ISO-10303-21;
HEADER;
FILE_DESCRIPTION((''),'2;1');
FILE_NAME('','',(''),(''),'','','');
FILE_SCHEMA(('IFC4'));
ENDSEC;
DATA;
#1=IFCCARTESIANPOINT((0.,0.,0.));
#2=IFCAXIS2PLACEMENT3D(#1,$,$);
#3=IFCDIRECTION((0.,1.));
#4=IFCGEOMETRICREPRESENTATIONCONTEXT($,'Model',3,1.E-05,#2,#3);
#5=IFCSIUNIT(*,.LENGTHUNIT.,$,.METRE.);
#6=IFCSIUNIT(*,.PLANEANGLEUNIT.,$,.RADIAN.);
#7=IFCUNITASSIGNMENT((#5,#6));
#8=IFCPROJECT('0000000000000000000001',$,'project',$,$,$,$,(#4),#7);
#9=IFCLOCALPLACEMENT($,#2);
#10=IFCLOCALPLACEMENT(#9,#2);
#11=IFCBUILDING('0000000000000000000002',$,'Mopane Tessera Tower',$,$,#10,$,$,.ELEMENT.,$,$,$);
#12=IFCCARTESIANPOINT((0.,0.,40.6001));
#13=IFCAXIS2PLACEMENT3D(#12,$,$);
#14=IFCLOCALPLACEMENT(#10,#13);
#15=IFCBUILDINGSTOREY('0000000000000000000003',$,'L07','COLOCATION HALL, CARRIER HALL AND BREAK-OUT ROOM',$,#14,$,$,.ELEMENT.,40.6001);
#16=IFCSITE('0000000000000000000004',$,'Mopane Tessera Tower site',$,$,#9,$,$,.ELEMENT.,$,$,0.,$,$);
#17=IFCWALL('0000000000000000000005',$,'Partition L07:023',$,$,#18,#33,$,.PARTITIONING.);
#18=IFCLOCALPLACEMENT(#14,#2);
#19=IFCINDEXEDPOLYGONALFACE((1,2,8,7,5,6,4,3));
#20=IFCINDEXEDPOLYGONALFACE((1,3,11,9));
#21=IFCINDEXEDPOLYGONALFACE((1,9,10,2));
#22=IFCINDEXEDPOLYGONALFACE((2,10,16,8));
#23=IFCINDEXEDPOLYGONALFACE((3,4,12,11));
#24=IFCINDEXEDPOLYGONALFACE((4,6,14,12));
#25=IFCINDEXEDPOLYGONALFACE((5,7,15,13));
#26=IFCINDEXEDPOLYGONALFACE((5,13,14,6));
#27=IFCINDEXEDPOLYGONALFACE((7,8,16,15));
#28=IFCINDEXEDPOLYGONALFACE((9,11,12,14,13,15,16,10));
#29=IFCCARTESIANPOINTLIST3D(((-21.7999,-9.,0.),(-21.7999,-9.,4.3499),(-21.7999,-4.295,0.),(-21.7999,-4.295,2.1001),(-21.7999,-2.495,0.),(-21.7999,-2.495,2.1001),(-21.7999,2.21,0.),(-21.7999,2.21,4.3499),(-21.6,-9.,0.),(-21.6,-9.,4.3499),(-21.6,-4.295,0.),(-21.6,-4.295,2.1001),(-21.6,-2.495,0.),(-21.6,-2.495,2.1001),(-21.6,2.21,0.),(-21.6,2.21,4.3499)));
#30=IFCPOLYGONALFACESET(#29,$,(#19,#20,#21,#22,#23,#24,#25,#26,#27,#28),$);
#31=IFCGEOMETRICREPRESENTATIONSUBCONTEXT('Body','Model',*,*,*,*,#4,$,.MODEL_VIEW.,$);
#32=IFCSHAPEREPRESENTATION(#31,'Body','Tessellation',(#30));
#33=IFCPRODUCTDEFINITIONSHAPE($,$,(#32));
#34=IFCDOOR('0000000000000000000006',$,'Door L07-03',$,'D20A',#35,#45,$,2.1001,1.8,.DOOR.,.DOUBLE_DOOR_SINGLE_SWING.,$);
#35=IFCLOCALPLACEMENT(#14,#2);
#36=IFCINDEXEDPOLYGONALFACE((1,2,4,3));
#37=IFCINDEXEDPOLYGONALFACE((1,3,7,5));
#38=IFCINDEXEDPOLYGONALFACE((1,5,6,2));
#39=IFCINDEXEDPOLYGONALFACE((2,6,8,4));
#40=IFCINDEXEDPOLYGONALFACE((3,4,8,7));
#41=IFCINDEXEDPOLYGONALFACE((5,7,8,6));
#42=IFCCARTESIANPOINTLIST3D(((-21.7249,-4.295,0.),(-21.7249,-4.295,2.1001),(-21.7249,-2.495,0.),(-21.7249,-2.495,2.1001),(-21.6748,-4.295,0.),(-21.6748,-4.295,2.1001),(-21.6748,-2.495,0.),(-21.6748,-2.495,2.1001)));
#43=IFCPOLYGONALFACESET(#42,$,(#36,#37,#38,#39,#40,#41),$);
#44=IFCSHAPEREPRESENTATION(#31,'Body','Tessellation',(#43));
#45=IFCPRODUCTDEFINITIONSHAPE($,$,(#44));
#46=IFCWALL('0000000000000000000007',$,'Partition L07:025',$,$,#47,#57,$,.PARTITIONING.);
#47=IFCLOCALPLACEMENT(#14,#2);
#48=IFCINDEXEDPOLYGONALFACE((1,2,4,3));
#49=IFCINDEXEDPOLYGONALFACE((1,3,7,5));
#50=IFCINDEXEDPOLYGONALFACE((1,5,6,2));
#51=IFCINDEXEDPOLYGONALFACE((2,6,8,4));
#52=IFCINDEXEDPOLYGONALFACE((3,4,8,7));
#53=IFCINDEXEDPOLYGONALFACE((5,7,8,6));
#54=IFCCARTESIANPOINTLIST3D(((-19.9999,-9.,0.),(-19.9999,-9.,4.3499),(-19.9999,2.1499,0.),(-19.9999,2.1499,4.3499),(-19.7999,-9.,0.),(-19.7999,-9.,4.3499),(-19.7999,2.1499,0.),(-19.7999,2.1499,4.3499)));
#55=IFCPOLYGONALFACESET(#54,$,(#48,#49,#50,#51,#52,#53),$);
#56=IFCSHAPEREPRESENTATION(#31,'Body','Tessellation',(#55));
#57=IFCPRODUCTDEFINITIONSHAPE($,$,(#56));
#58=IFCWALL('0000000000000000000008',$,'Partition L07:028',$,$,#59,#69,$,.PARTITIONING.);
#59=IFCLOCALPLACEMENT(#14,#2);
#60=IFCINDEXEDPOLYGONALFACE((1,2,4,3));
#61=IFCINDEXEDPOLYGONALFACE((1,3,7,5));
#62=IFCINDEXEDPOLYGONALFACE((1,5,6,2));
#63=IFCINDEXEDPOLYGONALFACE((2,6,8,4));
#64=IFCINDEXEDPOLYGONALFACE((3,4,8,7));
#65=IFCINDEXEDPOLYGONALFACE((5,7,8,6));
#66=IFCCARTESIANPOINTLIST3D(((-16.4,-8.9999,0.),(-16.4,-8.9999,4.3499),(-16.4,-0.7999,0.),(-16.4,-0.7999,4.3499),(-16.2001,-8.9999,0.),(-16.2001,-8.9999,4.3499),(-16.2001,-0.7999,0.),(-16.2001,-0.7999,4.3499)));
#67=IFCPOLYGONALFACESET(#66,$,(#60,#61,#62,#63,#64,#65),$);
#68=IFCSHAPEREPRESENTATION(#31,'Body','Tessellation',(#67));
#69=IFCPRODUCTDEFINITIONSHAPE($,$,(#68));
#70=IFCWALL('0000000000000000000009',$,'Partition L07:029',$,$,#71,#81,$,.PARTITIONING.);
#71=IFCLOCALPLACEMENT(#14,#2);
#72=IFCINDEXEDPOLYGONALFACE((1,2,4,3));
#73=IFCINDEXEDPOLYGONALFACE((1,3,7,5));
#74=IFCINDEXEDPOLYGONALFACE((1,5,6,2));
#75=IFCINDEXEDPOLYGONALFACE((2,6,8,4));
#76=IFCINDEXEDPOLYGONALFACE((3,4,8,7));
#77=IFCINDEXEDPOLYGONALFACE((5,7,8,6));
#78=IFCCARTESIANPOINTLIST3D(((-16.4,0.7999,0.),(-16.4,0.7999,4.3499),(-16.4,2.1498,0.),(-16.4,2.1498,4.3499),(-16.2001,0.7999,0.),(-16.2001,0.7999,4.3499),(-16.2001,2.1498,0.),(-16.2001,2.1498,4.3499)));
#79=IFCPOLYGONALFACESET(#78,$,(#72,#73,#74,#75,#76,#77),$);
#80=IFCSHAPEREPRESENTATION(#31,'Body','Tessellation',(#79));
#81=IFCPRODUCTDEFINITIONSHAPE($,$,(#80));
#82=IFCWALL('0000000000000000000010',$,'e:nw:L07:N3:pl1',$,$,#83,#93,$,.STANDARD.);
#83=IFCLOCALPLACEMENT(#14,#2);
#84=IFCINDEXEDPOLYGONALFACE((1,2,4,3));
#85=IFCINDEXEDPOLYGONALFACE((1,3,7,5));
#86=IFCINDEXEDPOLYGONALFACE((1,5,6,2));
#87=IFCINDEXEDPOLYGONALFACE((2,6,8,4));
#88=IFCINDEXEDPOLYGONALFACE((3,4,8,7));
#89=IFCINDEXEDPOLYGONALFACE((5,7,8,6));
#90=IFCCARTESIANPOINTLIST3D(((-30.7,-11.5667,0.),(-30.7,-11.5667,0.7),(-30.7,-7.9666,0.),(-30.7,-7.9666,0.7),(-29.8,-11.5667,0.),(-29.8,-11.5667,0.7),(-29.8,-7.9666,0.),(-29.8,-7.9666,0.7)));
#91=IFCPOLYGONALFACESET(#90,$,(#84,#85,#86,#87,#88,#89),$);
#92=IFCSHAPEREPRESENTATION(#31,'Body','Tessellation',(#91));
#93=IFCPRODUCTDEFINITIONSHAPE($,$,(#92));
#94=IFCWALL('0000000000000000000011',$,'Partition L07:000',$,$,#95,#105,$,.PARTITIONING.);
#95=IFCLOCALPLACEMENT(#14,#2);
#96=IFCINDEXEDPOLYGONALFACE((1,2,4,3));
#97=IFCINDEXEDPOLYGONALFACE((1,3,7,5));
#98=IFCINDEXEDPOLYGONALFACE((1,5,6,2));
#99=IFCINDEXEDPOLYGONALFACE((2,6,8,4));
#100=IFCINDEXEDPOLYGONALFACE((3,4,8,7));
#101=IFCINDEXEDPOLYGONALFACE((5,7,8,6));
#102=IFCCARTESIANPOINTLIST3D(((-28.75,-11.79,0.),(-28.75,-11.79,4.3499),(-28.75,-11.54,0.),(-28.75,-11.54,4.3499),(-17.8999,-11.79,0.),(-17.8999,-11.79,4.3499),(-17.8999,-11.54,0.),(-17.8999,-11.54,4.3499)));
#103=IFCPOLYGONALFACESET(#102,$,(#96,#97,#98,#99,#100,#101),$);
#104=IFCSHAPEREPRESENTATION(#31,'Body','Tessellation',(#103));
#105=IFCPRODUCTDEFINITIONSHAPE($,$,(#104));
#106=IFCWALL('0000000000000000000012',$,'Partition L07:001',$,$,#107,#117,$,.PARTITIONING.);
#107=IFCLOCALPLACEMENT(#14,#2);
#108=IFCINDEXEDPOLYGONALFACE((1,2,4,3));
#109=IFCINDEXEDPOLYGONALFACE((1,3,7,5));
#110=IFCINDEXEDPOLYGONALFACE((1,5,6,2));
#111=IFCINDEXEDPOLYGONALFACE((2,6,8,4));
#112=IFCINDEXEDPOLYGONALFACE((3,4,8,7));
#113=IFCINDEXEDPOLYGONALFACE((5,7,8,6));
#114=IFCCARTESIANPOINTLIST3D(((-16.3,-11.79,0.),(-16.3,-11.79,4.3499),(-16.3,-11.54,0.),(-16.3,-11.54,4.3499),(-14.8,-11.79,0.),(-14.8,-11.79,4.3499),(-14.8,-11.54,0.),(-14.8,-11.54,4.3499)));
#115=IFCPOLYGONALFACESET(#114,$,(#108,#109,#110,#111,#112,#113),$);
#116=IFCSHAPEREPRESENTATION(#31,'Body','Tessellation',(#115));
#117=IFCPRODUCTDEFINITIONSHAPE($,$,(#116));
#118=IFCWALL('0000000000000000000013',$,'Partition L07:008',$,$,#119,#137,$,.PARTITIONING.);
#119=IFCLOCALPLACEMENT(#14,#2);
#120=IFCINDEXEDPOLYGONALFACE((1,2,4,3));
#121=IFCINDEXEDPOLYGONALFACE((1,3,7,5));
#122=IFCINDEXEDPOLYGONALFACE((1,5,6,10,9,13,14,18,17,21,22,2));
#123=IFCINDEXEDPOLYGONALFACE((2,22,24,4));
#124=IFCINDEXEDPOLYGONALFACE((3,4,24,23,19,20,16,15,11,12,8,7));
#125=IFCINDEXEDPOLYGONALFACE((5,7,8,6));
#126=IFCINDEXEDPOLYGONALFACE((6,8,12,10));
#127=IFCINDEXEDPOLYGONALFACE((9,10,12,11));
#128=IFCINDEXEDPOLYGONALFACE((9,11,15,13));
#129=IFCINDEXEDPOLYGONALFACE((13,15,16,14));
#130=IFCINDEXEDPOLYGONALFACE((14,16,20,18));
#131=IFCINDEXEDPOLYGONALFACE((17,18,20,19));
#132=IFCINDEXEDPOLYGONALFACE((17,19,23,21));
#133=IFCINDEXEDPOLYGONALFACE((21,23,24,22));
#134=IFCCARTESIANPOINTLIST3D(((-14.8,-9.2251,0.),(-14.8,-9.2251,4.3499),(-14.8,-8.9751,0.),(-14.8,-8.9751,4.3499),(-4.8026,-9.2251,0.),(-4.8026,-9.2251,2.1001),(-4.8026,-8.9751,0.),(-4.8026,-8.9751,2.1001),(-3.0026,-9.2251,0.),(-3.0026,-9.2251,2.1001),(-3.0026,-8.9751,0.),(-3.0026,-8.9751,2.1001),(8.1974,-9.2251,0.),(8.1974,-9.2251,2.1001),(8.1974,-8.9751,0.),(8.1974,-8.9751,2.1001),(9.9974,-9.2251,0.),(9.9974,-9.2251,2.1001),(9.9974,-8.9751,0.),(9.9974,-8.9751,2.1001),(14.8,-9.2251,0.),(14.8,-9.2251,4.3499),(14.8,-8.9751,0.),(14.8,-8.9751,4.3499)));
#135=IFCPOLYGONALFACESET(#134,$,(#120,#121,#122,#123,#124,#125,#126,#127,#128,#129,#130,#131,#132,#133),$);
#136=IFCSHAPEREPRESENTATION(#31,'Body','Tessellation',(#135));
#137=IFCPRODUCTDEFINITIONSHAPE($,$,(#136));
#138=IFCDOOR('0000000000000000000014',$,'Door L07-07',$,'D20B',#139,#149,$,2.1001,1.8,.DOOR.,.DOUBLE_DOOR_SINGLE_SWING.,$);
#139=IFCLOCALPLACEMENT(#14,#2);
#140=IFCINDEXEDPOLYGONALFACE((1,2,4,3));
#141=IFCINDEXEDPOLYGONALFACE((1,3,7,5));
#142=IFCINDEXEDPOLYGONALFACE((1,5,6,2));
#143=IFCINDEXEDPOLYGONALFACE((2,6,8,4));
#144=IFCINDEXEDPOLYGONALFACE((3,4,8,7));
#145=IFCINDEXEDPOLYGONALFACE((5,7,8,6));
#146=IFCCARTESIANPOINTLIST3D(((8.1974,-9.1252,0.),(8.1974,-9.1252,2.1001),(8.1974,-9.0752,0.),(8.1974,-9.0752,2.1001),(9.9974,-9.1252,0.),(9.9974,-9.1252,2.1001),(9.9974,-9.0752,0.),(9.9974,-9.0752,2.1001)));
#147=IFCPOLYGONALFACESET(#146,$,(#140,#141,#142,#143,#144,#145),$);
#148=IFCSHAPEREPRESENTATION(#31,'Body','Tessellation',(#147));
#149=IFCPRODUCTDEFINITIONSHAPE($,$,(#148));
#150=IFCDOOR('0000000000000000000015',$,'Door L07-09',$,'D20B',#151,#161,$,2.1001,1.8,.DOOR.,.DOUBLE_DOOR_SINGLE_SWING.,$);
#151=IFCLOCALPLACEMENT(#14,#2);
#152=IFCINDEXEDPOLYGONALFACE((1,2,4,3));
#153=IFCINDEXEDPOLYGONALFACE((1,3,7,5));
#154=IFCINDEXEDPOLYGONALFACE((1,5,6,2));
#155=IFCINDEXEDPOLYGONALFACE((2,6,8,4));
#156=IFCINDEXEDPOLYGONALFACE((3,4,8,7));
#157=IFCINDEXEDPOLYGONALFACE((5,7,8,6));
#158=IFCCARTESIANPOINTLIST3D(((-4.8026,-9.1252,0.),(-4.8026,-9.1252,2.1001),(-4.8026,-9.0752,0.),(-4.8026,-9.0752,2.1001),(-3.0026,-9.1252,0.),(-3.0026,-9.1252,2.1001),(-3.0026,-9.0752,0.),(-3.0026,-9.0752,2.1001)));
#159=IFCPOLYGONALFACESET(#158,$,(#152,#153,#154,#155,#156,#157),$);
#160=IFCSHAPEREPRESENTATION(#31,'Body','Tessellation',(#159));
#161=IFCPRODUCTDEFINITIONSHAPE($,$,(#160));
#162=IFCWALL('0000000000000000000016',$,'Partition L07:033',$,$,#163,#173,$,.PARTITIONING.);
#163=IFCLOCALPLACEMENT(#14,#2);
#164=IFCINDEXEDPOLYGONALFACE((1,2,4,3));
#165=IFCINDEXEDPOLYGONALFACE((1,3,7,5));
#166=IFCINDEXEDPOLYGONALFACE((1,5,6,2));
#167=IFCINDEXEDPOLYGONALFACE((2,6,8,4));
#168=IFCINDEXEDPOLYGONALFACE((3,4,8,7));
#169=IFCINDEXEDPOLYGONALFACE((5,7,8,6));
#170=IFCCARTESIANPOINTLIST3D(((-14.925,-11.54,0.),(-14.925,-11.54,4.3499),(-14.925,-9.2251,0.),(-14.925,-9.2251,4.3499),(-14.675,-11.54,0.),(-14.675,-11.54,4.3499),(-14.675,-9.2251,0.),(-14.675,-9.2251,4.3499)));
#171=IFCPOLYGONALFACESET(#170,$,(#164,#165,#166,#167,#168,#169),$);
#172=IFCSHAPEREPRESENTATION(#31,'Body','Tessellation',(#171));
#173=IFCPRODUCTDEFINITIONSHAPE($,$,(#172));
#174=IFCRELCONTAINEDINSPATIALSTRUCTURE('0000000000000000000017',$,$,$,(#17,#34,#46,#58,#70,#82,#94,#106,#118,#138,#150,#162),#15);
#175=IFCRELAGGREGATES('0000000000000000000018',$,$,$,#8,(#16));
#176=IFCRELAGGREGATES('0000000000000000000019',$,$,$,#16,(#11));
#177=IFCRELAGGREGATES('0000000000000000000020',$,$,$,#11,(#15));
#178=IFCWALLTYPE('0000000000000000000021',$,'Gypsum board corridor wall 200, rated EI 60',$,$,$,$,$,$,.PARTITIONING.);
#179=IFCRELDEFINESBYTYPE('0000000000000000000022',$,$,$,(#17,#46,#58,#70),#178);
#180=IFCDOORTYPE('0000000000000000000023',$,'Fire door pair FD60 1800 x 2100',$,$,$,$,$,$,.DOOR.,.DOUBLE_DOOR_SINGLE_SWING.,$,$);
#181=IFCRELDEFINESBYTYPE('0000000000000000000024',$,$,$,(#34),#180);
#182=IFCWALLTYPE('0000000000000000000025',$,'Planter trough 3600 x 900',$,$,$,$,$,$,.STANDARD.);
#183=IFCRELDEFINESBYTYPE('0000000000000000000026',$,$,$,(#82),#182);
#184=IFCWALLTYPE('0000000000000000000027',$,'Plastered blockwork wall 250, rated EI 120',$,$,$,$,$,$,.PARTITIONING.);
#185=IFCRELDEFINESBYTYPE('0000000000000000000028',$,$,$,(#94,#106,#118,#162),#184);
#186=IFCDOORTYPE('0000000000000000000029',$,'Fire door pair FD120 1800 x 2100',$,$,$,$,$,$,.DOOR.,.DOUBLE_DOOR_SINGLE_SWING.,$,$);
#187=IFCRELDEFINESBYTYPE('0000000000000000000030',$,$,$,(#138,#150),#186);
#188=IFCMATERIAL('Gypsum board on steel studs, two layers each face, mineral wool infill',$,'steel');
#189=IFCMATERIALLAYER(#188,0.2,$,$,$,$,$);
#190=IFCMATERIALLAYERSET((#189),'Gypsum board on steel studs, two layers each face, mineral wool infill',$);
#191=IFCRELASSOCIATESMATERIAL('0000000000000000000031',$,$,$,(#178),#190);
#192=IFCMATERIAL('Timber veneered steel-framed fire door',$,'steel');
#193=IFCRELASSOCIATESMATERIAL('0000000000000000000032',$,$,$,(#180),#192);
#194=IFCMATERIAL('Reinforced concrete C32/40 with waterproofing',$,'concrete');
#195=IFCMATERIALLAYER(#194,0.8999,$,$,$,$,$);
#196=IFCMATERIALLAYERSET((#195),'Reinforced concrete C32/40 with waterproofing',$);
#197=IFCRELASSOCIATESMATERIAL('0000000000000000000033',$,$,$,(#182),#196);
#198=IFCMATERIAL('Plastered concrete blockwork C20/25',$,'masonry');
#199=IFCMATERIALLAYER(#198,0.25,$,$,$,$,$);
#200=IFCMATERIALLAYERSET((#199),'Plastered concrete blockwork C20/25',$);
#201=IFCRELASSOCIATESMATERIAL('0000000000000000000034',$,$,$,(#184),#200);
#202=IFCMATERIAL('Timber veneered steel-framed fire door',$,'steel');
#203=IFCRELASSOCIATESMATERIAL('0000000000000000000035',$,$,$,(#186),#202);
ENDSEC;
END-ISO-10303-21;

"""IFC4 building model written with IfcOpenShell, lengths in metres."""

from ifc_helpers import new_model, si_unit, direction, frame, frame_2d, origin, place, context, subcontext, project, spatial, rectangle, extrude, material, layer, layer_set, type_object, element, fill, save


model = new_model("IFC4")

# Units and contexts
model_context = context("Model", 3, precision=1e-05, world=origin(), true_north=direction((0.0, 1.0)))
body_context = subcontext(model_context, "Body", "Model", "MODEL_VIEW")
ifc_project = project(units=[si_unit("LENGTHUNIT", "METRE"), si_unit("PLANEANGLEUNIT", "RADIAN")], contexts=[model_context])

# Site, building, storey
site_placement = place(None, origin())
site = spatial("IfcSite", under=ifc_project, at=site_placement, Name="Mopane Tessera Tower site", CompositionType="ELEMENT", RefElevation=0.0)
building_placement = place(site_placement, origin())
building = spatial("IfcBuilding", under=site, at=building_placement, Name="Mopane Tessera Tower", CompositionType="ELEMENT")
storey_placement = place(building_placement, frame((0.0, 0.0, 40.6001)))
storey = spatial("IfcBuildingStorey", under=building, at=storey_placement, Name="L07", Description="COLOCATION HALL, CARRIER HALL AND BREAK-OUT ROOM", CompositionType="ELEMENT", Elevation=40.6001)

# Shared definitions
ifc_material_1 = material(Name="Gypsum board on steel studs, two layers each face, mineral wool infill", Category="steel")
ifc_layer_1 = layer(ifc_material_1, 0.2)
ifc_layer_set_1 = layer_set([ifc_layer_1], Name="Gypsum board on steel studs, two layers each face, mineral wool infill")
wall_type_1 = type_object("IfcWallType", Name="Gypsum board corridor wall 200, rated EI 60", PredefinedType="PARTITIONING", material=ifc_layer_set_1)

# Wall, opening, door
wall_1_placement = place(storey_placement, frame((-21.7, -9.0, 0.0), z_axis=(0.0, 0.0, 1.0), x_axis=(0.0, 1.0, 0.0)))
wall_1 = element("IfcWall", 1, at=wall_1_placement, inside=storey, type_object=wall_type_1, Name="Partition L07:023", PredefinedType="PARTITIONING", context=body_context, shape_type="SweptSolid", body=[
    extrude(rectangle(XDim=11.21, YDim=0.2, at=frame_2d((5.605, 0.0))), origin(), (0.0, 0.0, 1.0), 4.3499),
])
opening_1_placement = place(wall_1_placement, frame((4.7051, 0.0, 0.0)))
opening_1 = element("IfcOpeningElement", 2, at=opening_1_placement, cuts=wall_1, PredefinedType="OPENING", context=body_context, shape_type="SweptSolid", body=[
    extrude(rectangle(XDim=1.8, YDim=2.1001, at=frame_2d((0.8999, 1.05))), frame((0.0, 0.1121, 0.0), z_axis=(0.0, -1.0, 0.0), x_axis=(1.0, 0.0, 0.0)), (0.0, 0.0, 1.0), 0.2239),
])
ifc_material_2 = material(Name="Timber veneered steel-framed fire door", Category="steel")
door_type_1 = type_object("IfcDoorType", Name="Fire door pair FD60 1800 x 2100", OperationType="DOUBLE_DOOR_SINGLE_SWING", PredefinedType="DOOR", material=ifc_material_2)
door_1_placement = place(opening_1_placement, origin())
door_1 = element("IfcDoor", 3, at=door_1_placement, inside=storey, type_object=door_type_1, Name="Door L07-03", ObjectType="D20A", OperationType="DOUBLE_DOOR_SINGLE_SWING", OverallHeight=2.1001, OverallWidth=1.8, PredefinedType="DOOR", context=body_context, shape_type="SweptSolid", body=[
    extrude(rectangle(XDim=1.8, YDim=2.1001, at=frame_2d((0.8999, 1.05))), frame((0.0, 0.0249, 0.0), z_axis=(0.0, -1.0, 0.0), x_axis=(1.0, 0.0, 0.0)), (0.0, 0.0, 1.0), 0.05),
])
fill(opening_1, door_1)

# Walls
wall_2_placement = place(storey_placement, frame((-19.8999, -9.0, 0.0), z_axis=(0.0, 0.0, 1.0), x_axis=(0.0, 1.0, 0.0)))
element("IfcWall", 4, at=wall_2_placement, inside=storey, type_object=wall_type_1, Name="Partition L07:025", PredefinedType="PARTITIONING", context=body_context, shape_type="SweptSolid", body=[
    extrude(rectangle(XDim=11.1499, YDim=0.2, at=frame_2d((5.575, 0.0))), origin(), (0.0, 0.0, 1.0), 4.3499),
])
wall_3_placement = place(storey_placement, frame((-16.3, -9.0, 0.0), z_axis=(0.0, 0.0, 1.0), x_axis=(0.0, 1.0, 0.0)))
element("IfcWall", 5, at=wall_3_placement, inside=storey, type_object=wall_type_1, Name="Partition L07:028", PredefinedType="PARTITIONING", context=body_context, shape_type="SweptSolid", body=[
    extrude(rectangle(XDim=8.2, YDim=0.2, at=frame_2d((4.1001, 0.0))), origin(), (0.0, 0.0, 1.0), 4.3499),
])
wall_4_placement = place(storey_placement, frame((-16.3, 0.8, 0.0), z_axis=(0.0, 0.0, 1.0), x_axis=(0.0, 1.0, 0.0)))
element("IfcWall", 6, at=wall_4_placement, inside=storey, type_object=wall_type_1, Name="Partition L07:029", PredefinedType="PARTITIONING", context=body_context, shape_type="SweptSolid", body=[
    extrude(rectangle(XDim=1.3499, YDim=0.2, at=frame_2d((0.6748, 0.0))), origin(), (0.0, 0.0, 1.0), 4.3499),
])
ifc_material_3 = material(Name="Reinforced concrete C32/40 with waterproofing", Category="concrete")
ifc_layer_2 = layer(ifc_material_3, 0.8999)
ifc_layer_set_2 = layer_set([ifc_layer_2], Name="Reinforced concrete C32/40 with waterproofing")
wall_type_2 = type_object("IfcWallType", Name="Planter trough 3600 x 900", PredefinedType="STANDARD", material=ifc_layer_set_2)
wall_5_placement = place(storey_placement, frame((-30.25, -7.9666, 0.0), z_axis=(0.0, 0.0, 1.0), x_axis=(0.0, -1.0, 0.0)))
element("IfcWall", 7, at=wall_5_placement, inside=storey, type_object=wall_type_2, Name="e:nw:L07:N3:pl1", PredefinedType="STANDARD", context=body_context, shape_type="SweptSolid", body=[
    extrude(rectangle(XDim=3.6001, YDim=0.8999, at=frame_2d((1.8, 0.0))), origin(), (0.0, 0.0, 1.0), 0.7),
])
ifc_material_4 = material(Name="Plastered concrete blockwork C20/25", Category="masonry")
ifc_layer_3 = layer(ifc_material_4, 0.25)
ifc_layer_set_3 = layer_set([ifc_layer_3], Name="Plastered concrete blockwork C20/25")
wall_type_3 = type_object("IfcWallType", Name="Plastered blockwork wall 250, rated EI 120", PredefinedType="PARTITIONING", material=ifc_layer_set_3)
wall_6_placement = place(storey_placement, frame((-28.75, -11.665, 0.0), z_axis=(0.0, 0.0, 1.0), x_axis=(1.0, 0.0, 0.0)))
element("IfcWall", 8, at=wall_6_placement, inside=storey, type_object=wall_type_3, Name="Partition L07:000", PredefinedType="PARTITIONING", context=body_context, shape_type="SweptSolid", body=[
    extrude(rectangle(XDim=10.8501, YDim=0.25, at=frame_2d((5.425, 0.0))), origin(), (0.0, 0.0, 1.0), 4.3499),
])
wall_7_placement = place(storey_placement, frame((-16.3, -11.665, 0.0), z_axis=(0.0, 0.0, 1.0), x_axis=(1.0, 0.0, 0.0)))
element("IfcWall", 9, at=wall_7_placement, inside=storey, type_object=wall_type_3, Name="Partition L07:001", PredefinedType="PARTITIONING", context=body_context, shape_type="SweptSolid", body=[
    extrude(rectangle(XDim=1.5, YDim=0.25, at=frame_2d((0.75, 0.0))), origin(), (0.0, 0.0, 1.0), 4.3499),
])

# Wall, openings, doors
wall_8_placement = place(storey_placement, frame((-14.8, -9.1001, 0.0), z_axis=(0.0, 0.0, 1.0), x_axis=(1.0, 0.0, 0.0)))
wall_8 = element("IfcWall", 10, at=wall_8_placement, inside=storey, type_object=wall_type_3, Name="Partition L07:008", PredefinedType="PARTITIONING", context=body_context, shape_type="SweptSolid", body=[
    extrude(rectangle(XDim=29.6001, YDim=0.25, at=frame_2d((14.8, 0.0))), origin(), (0.0, 0.0, 1.0), 4.3499),
])
opening_2_placement = place(wall_8_placement, frame((22.9976, 0.0, 0.0)))
opening_2 = element("IfcOpeningElement", 11, at=opening_2_placement, cuts=wall_8, PredefinedType="OPENING", context=body_context, shape_type="SweptSolid", body=[
    extrude(rectangle(XDim=1.8, YDim=2.1001, at=frame_2d((0.8999, 1.05))), frame((0.0, 0.137, 0.0), z_axis=(0.0, -1.0, 0.0), x_axis=(1.0, 0.0, 0.0)), (0.0, 0.0, 1.0), 0.2739),
])
opening_3_placement = place(wall_8_placement, frame((9.9976, 0.0, 0.0)))
opening_3 = element("IfcOpeningElement", 12, at=opening_3_placement, cuts=wall_8, PredefinedType="OPENING", context=body_context, shape_type="SweptSolid", body=[
    extrude(rectangle(XDim=1.8, YDim=2.1001, at=frame_2d((0.8999, 1.05))), frame((0.0, 0.137, 0.0), z_axis=(0.0, -1.0, 0.0), x_axis=(1.0, 0.0, 0.0)), (0.0, 0.0, 1.0), 0.2739),
])
ifc_material_5 = material(Name="Timber veneered steel-framed fire door", Category="steel")
door_type_2 = type_object("IfcDoorType", Name="Fire door pair FD120 1800 x 2100", OperationType="DOUBLE_DOOR_SINGLE_SWING", PredefinedType="DOOR", material=ifc_material_5)
door_2_placement = place(opening_2_placement, origin())
door_2 = element("IfcDoor", 13, at=door_2_placement, inside=storey, type_object=door_type_2, Name="Door L07-07", ObjectType="D20B", OperationType="DOUBLE_DOOR_SINGLE_SWING", OverallHeight=2.1001, OverallWidth=1.8, PredefinedType="DOOR", context=body_context, shape_type="SweptSolid", body=[
    extrude(rectangle(XDim=1.8, YDim=2.1001, at=frame_2d((0.8999, 1.05))), frame((0.0, 0.0249, 0.0), z_axis=(0.0, -1.0, 0.0), x_axis=(1.0, 0.0, 0.0)), (0.0, 0.0, 1.0), 0.05),
])
fill(opening_2, door_2)
door_3_placement = place(opening_3_placement, origin())
door_3 = element("IfcDoor", 14, at=door_3_placement, inside=storey, type_object=door_type_2, Name="Door L07-09", ObjectType="D20B", OperationType="DOUBLE_DOOR_SINGLE_SWING", OverallHeight=2.1001, OverallWidth=1.8, PredefinedType="DOOR", context=body_context, shape_type="SweptSolid", body=[
    extrude(rectangle(XDim=1.8, YDim=2.1001, at=frame_2d((0.8999, 1.05))), frame((0.0, 0.0249, 0.0), z_axis=(0.0, -1.0, 0.0), x_axis=(1.0, 0.0, 0.0)), (0.0, 0.0, 1.0), 0.05),
])
fill(opening_3, door_3)

# Wall
wall_9_placement = place(storey_placement, frame((-14.8, -11.54, 0.0), z_axis=(0.0, 0.0, 1.0), x_axis=(0.0, 1.0, 0.0)))
element("IfcWall", 15, at=wall_9_placement, inside=storey, type_object=wall_type_3, Name="Partition L07:033", PredefinedType="PARTITIONING", context=body_context, shape_type="SweptSolid", body=[
    extrude(rectangle(XDim=2.3149, YDim=0.25, at=frame_2d((1.1575, 0.0))), origin(), (0.0, 0.0, 1.0), 4.3499),
])

save(model, "model.ifc")
